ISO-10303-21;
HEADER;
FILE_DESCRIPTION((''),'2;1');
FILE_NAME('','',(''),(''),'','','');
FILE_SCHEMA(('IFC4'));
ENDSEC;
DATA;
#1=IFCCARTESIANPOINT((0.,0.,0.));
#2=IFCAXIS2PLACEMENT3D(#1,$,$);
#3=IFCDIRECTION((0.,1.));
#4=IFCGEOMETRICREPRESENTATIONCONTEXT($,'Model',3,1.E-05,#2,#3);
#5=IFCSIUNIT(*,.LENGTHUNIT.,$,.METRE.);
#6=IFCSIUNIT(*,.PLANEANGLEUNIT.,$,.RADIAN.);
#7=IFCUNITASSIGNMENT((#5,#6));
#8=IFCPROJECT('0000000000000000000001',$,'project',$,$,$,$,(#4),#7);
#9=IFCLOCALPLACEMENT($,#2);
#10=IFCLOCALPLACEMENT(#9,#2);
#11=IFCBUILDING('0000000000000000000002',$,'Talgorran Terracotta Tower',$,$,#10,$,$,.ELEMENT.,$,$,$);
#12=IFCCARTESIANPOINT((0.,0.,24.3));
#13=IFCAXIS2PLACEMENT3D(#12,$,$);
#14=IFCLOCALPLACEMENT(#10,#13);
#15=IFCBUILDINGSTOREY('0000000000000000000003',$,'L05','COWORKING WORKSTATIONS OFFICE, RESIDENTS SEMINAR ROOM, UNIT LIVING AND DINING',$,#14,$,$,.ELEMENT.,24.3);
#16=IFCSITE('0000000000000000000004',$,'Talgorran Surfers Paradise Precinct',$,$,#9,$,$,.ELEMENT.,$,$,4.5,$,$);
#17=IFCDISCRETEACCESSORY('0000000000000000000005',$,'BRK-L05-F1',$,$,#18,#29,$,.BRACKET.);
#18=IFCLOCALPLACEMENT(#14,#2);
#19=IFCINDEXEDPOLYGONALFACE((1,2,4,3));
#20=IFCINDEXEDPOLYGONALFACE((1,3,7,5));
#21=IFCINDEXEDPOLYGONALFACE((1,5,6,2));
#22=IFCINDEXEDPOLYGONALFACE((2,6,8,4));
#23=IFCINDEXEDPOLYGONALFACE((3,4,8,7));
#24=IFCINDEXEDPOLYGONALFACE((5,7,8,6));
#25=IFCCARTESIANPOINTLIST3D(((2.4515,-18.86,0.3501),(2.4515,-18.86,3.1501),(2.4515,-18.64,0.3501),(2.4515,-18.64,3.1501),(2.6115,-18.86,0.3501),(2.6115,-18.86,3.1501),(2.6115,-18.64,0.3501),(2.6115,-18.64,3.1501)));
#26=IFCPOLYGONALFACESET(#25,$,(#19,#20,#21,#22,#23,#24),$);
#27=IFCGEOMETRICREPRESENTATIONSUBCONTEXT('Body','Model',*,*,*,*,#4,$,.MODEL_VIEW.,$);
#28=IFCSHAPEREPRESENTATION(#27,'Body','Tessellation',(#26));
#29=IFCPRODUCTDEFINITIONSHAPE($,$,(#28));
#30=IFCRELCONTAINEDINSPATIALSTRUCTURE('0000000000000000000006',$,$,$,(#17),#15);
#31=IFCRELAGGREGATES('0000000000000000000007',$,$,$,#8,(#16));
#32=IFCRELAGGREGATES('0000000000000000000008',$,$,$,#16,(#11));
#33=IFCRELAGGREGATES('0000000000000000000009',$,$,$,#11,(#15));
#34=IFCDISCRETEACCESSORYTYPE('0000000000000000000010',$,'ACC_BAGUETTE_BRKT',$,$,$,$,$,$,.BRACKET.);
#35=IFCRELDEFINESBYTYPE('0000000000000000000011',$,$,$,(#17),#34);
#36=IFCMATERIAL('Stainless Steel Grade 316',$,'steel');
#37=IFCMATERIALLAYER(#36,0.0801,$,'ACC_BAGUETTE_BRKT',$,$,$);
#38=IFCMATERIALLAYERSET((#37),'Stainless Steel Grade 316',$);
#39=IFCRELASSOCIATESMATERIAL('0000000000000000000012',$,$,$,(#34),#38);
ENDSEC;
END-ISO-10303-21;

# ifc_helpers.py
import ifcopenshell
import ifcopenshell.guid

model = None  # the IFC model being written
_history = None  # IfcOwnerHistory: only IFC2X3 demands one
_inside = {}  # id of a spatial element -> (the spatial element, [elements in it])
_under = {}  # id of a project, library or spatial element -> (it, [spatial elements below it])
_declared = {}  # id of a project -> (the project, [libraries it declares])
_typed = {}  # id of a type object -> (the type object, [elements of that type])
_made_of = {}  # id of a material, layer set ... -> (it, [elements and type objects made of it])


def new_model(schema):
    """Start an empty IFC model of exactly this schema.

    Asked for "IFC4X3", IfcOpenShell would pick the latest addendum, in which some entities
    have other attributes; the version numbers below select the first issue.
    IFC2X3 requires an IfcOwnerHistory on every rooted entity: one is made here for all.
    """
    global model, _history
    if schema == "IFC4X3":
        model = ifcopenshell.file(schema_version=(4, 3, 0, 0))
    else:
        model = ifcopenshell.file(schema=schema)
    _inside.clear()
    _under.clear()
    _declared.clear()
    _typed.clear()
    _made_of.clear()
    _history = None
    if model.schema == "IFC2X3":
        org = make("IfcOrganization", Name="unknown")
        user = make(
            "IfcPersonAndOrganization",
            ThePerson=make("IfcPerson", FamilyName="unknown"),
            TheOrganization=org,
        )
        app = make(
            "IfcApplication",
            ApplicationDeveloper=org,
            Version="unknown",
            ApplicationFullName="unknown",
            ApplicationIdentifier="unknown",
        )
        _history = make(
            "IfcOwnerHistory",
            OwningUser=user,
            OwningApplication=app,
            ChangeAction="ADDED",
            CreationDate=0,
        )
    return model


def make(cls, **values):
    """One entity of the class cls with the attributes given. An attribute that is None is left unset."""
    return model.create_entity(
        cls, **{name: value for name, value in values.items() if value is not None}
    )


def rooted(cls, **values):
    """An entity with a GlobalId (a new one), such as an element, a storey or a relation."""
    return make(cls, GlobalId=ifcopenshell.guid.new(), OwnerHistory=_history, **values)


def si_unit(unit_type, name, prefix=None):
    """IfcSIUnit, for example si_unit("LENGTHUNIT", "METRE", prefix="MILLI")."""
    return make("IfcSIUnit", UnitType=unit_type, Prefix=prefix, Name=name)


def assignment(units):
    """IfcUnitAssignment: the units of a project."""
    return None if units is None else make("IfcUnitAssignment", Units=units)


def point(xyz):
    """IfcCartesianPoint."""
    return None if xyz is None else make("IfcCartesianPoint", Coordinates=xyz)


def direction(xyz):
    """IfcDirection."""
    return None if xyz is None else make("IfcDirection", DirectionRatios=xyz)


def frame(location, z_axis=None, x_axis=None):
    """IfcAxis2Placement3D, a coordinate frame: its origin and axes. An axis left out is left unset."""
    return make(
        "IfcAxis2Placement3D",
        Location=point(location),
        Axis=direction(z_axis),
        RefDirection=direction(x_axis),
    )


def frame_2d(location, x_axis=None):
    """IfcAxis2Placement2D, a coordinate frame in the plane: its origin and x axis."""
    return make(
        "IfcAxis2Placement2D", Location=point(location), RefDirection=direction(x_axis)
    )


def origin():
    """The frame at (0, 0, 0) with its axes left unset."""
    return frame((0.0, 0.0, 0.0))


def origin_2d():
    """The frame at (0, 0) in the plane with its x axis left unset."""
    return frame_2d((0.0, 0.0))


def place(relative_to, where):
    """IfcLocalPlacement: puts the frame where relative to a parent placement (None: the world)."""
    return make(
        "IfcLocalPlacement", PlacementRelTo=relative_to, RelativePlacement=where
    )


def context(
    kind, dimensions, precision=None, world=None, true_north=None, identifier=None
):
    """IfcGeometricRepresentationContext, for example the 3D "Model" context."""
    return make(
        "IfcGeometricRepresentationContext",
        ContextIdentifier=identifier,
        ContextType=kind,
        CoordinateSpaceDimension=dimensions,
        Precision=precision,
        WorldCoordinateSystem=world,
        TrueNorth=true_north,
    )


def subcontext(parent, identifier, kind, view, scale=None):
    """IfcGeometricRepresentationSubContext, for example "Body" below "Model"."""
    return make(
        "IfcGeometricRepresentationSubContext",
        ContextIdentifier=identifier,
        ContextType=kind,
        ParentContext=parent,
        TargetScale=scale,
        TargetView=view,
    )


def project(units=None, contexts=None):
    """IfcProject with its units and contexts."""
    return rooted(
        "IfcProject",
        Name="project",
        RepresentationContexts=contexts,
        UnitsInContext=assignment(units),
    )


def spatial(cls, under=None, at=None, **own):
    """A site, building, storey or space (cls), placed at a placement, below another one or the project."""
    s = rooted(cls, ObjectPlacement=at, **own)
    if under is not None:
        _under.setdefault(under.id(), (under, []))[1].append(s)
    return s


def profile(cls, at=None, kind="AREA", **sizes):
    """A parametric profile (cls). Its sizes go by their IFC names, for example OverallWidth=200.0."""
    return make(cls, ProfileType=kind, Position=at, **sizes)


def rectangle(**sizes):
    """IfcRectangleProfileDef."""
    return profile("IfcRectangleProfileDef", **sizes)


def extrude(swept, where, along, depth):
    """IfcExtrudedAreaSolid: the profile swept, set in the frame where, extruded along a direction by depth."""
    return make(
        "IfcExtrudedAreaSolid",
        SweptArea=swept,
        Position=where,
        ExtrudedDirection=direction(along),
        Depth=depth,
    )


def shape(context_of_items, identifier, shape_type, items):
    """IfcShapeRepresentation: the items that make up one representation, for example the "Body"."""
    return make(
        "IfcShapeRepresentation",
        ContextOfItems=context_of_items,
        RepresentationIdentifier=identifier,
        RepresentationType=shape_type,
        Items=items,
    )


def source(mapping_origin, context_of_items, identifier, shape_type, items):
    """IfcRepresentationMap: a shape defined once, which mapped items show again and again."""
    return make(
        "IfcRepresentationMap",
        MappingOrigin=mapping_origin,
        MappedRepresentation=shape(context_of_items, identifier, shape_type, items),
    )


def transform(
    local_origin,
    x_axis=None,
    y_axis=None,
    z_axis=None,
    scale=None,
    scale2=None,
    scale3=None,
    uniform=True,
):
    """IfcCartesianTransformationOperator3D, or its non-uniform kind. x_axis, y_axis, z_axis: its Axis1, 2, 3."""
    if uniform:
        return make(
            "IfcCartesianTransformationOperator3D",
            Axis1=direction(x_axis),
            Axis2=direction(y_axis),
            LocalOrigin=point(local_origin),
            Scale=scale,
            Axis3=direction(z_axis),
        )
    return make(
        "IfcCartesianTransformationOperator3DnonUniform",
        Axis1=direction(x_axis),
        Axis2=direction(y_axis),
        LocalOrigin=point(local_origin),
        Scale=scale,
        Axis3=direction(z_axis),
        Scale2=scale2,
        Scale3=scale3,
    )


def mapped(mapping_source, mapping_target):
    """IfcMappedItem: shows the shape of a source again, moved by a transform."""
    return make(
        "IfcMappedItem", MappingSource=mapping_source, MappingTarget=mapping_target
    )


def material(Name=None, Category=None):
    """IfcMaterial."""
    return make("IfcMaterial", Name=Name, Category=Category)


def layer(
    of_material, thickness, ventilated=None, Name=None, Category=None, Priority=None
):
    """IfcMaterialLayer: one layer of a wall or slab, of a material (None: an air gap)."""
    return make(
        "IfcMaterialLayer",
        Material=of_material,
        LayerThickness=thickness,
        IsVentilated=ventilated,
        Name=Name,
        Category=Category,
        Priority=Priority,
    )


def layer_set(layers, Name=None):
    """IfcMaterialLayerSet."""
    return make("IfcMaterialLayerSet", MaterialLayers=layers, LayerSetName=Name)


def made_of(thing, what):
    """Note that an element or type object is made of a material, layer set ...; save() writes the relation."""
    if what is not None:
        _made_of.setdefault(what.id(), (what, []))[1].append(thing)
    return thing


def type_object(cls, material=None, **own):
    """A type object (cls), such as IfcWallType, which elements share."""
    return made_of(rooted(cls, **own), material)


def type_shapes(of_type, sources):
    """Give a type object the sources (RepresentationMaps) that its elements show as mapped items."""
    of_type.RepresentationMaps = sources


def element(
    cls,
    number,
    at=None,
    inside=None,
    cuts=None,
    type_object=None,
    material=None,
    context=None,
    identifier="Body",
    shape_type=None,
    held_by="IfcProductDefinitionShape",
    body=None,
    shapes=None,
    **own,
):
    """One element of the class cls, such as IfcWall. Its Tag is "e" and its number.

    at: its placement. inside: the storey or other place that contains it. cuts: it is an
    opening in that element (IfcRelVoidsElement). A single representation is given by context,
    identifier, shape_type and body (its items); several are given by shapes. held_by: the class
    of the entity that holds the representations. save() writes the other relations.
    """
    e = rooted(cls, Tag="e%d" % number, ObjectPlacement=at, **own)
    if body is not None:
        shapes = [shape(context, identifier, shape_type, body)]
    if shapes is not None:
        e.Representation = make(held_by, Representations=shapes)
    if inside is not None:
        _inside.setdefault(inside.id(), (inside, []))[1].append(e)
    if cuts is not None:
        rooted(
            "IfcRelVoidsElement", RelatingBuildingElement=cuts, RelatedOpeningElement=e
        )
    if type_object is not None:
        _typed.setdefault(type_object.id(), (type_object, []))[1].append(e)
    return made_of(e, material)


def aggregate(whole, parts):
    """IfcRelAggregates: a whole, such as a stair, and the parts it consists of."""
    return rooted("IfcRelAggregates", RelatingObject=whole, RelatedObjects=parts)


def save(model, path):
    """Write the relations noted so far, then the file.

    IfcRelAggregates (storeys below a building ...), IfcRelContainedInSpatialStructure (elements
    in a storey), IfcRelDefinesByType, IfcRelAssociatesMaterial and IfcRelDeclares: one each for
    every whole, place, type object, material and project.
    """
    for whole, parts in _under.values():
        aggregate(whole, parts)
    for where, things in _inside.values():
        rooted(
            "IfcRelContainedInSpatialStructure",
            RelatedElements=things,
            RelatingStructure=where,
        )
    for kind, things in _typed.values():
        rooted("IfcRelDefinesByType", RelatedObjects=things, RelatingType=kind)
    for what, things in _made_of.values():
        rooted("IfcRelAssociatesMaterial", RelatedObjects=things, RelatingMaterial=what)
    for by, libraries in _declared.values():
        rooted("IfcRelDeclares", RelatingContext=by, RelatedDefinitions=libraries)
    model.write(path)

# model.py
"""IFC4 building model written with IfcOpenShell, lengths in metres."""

from ifc_helpers import new_model, si_unit, direction, frame, origin, origin_2d, place, context, subcontext, project, spatial, rectangle, extrude, source, transform, mapped, material, layer, layer_set, type_object, type_shapes, element, save


model = new_model("IFC4")

# Units and contexts
model_context = context("Model", 3, precision=1e-05, world=origin(), true_north=direction((0.0, 1.0)))
body_context = subcontext(model_context, "Body", "Model", "MODEL_VIEW")
ifc_project = project(units=[si_unit("LENGTHUNIT", "METRE"), si_unit("PLANEANGLEUNIT", "RADIAN")], contexts=[model_context])

# Site, building, storey
site_placement = place(None, origin())
site = spatial("IfcSite", under=ifc_project, at=site_placement, Name="Talgorran Surfers Paradise Precinct", CompositionType="ELEMENT", RefElevation=4.5)
building_placement = place(site_placement, origin())
building = spatial("IfcBuilding", under=site, at=building_placement, Name="Talgorran Terracotta Tower", CompositionType="ELEMENT")
storey_placement = place(building_placement, frame((0.0, 0.0, 24.3)))
storey = spatial("IfcBuildingStorey", under=building, at=storey_placement, Name="L05", Description="COWORKING WORKSTATIONS OFFICE, RESIDENTS SEMINAR ROOM, UNIT LIVING AND DINING", CompositionType="ELEMENT", Elevation=24.3)

# Discrete accessory
ifc_material_1 = material(Name="Stainless Steel Grade 316", Category="steel")
ifc_layer_1 = layer(ifc_material_1, 0.0801, Name="ACC_BAGUETTE_BRKT")
ifc_layer_set_1 = layer_set([ifc_layer_1], Name="Stainless Steel Grade 316")
discrete_accessory_type = type_object("IfcDiscreteAccessoryType", Name="ACC_BAGUETTE_BRKT", PredefinedType="BRACKET", material=ifc_layer_set_1)
shared_shape_1 = source(origin(), body_context, "Body", "SweptSolid", [
    extrude(rectangle(XDim=0.1599, YDim=0.22, at=origin_2d()), origin(), (0.0, 0.0, 1.0), 2.8),
])
type_shapes(discrete_accessory_type, [shared_shape_1])
discrete_accessory_placement = place(storey_placement, frame((2.5315, -18.75, 0.3501), z_axis=(0.0, 0.0, 1.0), x_axis=(1.0, 0.0, 0.0)))
element("IfcDiscreteAccessory", 1, at=discrete_accessory_placement, inside=storey, type_object=discrete_accessory_type, Name="BRK-L05-F1", PredefinedType="BRACKET", context=body_context, shape_type="MappedRepresentation", body=[
    mapped(shared_shape_1, transform((0.0, 0.0, 0.0), scale=1.0)),
])

save(model, "model.ifc")
